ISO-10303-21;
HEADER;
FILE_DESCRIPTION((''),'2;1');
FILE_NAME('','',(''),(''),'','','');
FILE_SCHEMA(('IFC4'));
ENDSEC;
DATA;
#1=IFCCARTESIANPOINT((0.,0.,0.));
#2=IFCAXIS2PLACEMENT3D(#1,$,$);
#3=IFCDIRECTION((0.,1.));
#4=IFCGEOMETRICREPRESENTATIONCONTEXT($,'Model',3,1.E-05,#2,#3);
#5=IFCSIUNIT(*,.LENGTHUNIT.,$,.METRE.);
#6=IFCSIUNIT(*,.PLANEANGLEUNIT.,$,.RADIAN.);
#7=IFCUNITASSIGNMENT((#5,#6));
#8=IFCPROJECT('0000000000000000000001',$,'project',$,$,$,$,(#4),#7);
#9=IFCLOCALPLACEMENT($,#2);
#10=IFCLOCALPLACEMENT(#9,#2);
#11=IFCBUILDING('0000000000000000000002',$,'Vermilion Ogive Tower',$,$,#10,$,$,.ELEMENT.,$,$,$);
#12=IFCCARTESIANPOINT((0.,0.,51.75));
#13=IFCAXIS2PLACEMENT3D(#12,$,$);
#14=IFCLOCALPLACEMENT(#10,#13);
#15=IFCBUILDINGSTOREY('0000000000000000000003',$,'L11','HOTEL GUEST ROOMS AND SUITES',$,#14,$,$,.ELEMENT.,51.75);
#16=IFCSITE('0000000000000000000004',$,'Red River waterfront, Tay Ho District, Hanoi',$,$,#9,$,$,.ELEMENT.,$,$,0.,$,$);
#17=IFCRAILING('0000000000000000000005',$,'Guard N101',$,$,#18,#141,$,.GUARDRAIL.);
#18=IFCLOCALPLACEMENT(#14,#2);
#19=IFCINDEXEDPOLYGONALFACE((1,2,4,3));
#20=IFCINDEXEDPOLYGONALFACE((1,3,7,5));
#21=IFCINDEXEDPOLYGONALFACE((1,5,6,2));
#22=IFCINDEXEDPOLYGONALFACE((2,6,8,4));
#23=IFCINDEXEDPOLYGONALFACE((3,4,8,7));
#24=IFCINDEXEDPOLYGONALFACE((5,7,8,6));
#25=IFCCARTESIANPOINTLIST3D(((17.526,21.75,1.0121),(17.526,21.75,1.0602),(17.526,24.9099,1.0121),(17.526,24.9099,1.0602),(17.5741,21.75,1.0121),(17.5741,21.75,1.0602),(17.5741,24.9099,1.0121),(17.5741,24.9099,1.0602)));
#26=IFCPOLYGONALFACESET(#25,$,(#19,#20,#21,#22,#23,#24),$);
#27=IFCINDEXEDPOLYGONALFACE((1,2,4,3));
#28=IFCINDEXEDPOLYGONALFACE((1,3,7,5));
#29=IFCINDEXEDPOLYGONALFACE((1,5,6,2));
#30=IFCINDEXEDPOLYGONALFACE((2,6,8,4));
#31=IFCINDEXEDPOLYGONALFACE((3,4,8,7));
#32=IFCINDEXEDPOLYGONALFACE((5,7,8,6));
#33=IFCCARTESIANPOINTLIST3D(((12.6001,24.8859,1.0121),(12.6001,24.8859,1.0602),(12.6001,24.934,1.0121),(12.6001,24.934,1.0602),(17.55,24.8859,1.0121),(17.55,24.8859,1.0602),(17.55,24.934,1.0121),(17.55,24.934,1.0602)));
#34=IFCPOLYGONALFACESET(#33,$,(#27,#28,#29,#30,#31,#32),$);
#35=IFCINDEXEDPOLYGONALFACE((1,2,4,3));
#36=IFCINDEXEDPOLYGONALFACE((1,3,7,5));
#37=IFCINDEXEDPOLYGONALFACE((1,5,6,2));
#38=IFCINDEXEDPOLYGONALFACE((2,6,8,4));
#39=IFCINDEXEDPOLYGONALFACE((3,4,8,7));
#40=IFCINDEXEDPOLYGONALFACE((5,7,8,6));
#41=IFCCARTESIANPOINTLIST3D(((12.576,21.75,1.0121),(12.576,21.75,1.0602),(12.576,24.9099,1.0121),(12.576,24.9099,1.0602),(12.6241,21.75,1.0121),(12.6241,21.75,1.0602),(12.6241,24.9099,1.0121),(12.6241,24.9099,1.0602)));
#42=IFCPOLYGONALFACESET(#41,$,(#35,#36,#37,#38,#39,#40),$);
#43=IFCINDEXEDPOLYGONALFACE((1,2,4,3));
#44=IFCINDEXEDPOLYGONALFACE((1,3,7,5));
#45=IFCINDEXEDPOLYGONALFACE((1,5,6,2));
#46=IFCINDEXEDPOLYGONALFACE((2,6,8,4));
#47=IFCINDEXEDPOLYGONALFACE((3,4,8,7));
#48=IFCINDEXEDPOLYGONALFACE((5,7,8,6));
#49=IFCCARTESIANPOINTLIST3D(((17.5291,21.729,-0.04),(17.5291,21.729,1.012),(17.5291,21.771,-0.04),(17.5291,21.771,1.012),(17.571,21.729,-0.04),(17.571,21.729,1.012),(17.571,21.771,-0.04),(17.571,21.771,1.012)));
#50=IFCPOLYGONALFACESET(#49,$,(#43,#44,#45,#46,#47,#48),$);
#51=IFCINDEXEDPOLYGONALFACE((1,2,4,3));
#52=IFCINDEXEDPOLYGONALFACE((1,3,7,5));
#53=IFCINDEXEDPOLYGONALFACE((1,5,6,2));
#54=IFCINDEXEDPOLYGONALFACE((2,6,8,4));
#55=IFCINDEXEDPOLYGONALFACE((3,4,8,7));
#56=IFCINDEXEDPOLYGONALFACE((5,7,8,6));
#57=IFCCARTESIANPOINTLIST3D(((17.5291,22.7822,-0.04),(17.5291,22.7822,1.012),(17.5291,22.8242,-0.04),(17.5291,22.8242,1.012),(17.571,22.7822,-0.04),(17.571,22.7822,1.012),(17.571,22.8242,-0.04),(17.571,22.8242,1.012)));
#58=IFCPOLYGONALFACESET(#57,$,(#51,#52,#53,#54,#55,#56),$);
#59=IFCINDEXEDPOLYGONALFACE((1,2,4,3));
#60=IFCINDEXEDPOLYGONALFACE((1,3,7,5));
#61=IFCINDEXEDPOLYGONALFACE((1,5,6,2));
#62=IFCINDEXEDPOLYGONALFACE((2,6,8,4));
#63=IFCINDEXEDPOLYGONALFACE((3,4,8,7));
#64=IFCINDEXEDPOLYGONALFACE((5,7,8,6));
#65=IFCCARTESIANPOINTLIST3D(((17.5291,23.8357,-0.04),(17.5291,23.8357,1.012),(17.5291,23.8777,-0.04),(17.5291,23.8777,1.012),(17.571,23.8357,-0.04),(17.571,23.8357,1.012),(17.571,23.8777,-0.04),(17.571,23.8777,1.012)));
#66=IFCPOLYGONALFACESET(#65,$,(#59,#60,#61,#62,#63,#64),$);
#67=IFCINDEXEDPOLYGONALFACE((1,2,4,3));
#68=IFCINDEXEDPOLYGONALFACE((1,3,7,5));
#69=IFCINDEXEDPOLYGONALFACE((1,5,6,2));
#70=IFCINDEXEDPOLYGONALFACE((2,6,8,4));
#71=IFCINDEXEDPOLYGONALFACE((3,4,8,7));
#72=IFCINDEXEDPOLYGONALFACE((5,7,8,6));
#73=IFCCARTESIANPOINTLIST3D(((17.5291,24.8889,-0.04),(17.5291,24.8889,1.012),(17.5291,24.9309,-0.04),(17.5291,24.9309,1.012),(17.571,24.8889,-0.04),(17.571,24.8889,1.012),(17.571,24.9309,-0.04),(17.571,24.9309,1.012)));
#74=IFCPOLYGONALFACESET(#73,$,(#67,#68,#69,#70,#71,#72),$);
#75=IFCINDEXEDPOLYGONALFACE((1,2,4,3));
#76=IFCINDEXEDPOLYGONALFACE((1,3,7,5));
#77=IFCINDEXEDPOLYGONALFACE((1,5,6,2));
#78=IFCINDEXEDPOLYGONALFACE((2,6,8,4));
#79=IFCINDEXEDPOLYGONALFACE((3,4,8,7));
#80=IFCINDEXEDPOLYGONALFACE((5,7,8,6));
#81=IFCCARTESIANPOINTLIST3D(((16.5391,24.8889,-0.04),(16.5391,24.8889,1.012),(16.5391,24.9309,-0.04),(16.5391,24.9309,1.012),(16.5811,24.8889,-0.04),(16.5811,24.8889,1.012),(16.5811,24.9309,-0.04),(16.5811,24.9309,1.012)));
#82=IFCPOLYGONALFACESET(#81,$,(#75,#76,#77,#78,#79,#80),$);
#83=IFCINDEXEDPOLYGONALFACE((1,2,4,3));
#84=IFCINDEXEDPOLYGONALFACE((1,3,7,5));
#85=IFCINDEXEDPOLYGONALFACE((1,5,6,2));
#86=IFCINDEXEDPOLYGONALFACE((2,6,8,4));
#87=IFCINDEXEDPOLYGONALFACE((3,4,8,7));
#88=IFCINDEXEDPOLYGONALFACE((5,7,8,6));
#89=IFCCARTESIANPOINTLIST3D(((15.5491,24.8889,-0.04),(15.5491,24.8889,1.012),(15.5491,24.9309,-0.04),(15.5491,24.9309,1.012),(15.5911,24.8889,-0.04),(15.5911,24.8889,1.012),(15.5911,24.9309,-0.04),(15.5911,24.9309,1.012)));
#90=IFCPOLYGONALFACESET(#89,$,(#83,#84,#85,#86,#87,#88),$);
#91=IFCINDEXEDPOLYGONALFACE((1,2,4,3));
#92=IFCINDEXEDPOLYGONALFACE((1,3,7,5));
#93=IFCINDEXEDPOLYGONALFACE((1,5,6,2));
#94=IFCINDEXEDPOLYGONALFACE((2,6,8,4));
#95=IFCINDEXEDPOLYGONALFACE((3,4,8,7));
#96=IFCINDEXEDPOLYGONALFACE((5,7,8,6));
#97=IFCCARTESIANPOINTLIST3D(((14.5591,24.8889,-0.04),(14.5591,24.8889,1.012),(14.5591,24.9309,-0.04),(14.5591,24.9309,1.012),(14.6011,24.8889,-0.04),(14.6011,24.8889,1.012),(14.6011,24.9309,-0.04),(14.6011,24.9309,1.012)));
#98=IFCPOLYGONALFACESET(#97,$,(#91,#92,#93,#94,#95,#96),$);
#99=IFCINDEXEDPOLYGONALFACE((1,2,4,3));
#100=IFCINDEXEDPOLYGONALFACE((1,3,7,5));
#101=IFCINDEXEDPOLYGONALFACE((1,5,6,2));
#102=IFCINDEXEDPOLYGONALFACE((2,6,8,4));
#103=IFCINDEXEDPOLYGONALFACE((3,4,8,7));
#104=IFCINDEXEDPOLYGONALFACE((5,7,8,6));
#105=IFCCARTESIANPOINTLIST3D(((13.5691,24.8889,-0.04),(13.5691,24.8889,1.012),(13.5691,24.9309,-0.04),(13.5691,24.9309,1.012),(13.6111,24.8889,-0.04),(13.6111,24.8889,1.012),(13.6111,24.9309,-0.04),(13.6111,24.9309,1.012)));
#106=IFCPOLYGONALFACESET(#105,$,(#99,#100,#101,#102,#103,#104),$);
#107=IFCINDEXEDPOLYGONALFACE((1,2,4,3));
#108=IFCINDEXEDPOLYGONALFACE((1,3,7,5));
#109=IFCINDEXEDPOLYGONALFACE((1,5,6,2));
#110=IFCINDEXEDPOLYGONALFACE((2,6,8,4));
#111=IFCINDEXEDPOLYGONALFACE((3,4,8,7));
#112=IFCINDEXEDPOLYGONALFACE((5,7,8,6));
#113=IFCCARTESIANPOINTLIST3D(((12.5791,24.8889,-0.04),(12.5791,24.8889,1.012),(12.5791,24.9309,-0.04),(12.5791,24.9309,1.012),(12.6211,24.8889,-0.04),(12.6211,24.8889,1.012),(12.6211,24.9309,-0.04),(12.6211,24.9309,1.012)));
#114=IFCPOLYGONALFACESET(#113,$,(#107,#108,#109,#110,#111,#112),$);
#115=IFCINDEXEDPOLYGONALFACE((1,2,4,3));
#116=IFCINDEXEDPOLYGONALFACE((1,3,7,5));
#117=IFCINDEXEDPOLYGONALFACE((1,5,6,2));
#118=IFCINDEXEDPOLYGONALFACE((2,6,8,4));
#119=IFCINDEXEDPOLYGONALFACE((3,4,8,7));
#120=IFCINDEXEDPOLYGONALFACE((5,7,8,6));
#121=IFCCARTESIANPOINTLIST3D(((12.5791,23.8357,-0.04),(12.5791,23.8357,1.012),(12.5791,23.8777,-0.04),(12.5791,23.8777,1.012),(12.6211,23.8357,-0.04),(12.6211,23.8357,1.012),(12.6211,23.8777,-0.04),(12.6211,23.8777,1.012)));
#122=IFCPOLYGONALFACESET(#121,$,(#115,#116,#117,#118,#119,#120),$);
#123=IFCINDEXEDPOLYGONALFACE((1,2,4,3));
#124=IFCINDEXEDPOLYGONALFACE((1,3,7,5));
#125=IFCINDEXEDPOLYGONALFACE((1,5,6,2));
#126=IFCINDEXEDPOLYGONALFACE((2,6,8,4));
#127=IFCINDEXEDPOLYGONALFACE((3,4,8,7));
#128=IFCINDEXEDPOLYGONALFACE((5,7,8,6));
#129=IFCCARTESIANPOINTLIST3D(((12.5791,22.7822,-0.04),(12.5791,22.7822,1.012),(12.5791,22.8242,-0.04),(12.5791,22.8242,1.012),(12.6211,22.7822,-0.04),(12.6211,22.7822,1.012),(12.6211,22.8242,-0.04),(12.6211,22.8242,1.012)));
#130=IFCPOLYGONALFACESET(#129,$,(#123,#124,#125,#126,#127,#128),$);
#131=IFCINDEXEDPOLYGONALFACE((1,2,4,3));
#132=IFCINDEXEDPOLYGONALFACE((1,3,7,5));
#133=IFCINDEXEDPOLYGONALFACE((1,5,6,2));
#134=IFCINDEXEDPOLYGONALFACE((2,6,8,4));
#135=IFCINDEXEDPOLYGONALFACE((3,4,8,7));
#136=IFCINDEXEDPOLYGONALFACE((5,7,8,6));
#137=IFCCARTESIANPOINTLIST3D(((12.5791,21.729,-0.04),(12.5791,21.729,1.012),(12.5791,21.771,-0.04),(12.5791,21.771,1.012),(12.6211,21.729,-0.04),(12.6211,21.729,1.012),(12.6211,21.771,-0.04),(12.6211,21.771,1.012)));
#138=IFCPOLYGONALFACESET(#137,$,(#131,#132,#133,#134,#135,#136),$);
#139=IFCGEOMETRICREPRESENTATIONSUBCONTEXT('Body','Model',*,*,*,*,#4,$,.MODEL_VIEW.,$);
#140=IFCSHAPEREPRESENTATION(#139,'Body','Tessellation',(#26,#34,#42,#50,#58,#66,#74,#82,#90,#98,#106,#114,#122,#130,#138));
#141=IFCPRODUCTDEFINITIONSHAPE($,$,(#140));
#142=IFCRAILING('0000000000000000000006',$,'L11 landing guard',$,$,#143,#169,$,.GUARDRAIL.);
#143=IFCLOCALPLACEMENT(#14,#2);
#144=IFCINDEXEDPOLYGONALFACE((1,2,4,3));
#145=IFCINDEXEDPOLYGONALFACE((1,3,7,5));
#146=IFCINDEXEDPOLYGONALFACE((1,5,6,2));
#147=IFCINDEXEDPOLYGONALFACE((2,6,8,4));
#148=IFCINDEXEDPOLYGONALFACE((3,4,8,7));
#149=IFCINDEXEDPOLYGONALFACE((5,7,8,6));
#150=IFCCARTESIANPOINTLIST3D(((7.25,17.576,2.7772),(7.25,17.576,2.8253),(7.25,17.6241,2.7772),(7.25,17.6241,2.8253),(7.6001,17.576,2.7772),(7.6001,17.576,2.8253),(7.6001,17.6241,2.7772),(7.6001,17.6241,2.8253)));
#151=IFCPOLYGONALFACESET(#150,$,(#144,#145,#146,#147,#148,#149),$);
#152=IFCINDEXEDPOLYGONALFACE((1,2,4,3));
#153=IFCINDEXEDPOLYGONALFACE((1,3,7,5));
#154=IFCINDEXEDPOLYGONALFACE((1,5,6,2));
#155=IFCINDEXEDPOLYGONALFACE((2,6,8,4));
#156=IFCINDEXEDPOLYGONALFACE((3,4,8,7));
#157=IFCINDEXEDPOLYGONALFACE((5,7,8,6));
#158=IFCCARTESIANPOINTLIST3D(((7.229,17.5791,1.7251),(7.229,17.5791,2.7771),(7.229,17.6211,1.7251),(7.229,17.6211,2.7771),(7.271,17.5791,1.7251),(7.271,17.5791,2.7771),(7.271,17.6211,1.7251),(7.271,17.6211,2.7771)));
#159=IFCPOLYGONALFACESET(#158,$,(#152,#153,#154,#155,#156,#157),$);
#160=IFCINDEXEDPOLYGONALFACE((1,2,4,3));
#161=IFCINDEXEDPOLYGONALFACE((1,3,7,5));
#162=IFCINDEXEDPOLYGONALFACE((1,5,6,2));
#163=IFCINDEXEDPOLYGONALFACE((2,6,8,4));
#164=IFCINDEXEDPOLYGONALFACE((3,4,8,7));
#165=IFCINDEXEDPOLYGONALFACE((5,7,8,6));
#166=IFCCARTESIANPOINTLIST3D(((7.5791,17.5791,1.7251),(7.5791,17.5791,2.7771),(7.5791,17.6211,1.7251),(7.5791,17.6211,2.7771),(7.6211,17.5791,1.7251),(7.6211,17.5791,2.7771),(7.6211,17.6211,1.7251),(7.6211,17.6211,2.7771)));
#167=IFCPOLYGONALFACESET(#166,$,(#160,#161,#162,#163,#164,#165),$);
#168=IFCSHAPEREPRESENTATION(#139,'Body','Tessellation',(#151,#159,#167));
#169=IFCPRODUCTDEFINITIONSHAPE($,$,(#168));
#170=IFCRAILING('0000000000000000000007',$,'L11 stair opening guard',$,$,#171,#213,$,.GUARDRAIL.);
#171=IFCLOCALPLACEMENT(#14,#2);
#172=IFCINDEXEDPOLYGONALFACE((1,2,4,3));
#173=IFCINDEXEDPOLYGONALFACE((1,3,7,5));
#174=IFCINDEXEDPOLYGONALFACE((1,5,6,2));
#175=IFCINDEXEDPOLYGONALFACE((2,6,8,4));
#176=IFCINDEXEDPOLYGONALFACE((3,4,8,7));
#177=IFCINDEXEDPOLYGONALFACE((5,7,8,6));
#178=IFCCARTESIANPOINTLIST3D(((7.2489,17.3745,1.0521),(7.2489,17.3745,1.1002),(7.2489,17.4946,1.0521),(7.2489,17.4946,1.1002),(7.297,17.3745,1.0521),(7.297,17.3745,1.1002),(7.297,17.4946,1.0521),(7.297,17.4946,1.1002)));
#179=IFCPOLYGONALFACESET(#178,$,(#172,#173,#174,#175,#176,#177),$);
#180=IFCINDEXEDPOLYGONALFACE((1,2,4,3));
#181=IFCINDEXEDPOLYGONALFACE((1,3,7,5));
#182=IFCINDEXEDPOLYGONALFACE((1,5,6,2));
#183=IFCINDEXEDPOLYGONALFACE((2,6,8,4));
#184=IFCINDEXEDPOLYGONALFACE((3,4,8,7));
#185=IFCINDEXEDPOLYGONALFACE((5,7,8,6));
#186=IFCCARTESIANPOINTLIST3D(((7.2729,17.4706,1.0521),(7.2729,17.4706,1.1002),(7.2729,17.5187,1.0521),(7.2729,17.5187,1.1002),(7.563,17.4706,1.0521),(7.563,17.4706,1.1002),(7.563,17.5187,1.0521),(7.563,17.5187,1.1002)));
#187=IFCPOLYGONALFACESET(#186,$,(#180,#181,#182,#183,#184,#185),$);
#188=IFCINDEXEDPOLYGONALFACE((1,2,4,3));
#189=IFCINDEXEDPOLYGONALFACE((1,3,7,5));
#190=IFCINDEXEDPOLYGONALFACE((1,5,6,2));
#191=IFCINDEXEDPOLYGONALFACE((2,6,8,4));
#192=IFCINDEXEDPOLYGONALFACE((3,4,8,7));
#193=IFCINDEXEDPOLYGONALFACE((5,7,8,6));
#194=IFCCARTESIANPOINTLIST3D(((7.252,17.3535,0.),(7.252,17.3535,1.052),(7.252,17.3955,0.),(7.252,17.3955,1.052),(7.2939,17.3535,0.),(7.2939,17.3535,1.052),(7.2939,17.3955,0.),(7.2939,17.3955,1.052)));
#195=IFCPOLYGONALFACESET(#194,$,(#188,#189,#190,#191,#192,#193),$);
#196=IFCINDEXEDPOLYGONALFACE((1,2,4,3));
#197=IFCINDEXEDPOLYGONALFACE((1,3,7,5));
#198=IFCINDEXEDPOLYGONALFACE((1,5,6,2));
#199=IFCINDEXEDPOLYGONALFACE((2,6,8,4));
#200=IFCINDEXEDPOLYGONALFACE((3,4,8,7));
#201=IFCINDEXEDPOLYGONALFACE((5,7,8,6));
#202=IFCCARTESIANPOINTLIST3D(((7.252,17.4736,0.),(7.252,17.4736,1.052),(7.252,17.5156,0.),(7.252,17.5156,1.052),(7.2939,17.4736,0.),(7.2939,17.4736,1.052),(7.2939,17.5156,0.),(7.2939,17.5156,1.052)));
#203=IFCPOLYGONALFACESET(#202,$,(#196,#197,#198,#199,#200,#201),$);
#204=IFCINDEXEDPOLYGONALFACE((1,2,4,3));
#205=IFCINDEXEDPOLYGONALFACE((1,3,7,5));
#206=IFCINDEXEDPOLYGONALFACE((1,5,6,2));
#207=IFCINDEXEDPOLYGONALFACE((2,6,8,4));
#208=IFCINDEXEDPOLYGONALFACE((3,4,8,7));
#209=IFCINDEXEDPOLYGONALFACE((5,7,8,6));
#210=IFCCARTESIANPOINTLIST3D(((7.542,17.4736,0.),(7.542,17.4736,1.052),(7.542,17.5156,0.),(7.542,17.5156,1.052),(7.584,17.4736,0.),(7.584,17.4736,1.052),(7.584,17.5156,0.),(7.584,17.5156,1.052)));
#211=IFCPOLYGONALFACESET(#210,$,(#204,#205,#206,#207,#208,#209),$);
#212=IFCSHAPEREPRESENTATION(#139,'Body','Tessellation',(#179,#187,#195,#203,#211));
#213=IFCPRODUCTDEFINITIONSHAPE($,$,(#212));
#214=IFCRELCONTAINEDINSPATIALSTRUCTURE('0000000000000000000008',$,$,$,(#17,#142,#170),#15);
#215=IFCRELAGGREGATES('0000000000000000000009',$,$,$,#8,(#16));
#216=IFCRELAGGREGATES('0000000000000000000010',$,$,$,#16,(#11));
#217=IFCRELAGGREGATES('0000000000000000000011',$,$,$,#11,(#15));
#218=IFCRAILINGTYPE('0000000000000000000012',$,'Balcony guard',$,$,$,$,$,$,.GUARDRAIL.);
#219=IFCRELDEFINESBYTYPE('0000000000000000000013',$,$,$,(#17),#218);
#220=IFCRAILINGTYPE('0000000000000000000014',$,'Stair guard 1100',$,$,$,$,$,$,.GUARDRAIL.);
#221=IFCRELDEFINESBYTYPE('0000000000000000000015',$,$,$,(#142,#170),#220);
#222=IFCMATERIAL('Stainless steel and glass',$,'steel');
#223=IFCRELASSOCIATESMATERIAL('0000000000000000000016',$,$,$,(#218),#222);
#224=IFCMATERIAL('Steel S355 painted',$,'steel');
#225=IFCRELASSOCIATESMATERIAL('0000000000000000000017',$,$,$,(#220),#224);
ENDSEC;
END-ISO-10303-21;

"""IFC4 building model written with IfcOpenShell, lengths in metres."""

from ifc_helpers import new_model, si_unit, direction, frame, origin, origin_2d, place, context, subcontext, project, spatial, rectangle, extrude, material, type_object, element, save


model = new_model("IFC4")

# Units and contexts
model_context = context("Model", 3, precision=1e-05, world=origin(), true_north=direction((0.0, 1.0)))
body_context = subcontext(model_context, "Body", "Model", "MODEL_VIEW")
ifc_project = project(units=[si_unit("LENGTHUNIT", "METRE"), si_unit("PLANEANGLEUNIT", "RADIAN")], contexts=[model_context])

# Site, building, storey
site_placement = place(None, origin())
site = spatial("IfcSite", under=ifc_project, at=site_placement, Name="Red River waterfront, Tay Ho District, Hanoi", CompositionType="ELEMENT", RefElevation=0.0)
building_placement = place(site_placement, origin())
building = spatial("IfcBuilding", under=site, at=building_placement, Name="Vermilion Ogive Tower", CompositionType="ELEMENT")
storey_placement = place(building_placement, frame((0.0, 0.0, 51.75)))
storey = spatial("IfcBuildingStorey", under=building, at=storey_placement, Name="L11", Description="HOTEL GUEST ROOMS AND SUITES", CompositionType="ELEMENT", Elevation=51.75)

# Railings
ifc_material_1 = material(Name="Stainless steel and glass", Category="steel")
railing_type_1 = type_object("IfcRailingType", Name="Balcony guard", PredefinedType="GUARDRAIL", material=ifc_material_1)
railing_1_placement = place(storey_placement, frame((17.55, 21.75, -0.04)))
element("IfcRailing", 1, at=railing_1_placement, inside=storey, type_object=railing_type_1, Name="Guard N101", PredefinedType="GUARDRAIL", context=body_context, shape_type="SweptSolid", body=[
    extrude(rectangle(XDim=0.0481, YDim=0.0481, at=origin_2d()), frame((0.0, 0.0, 1.0762), z_axis=(0.0, 1.0, 0.0), x_axis=(-1.0, 0.0, 0.0)), (0.0, 0.0, 1.0), 3.1599),
    extrude(rectangle(XDim=0.0481, YDim=0.0481, at=origin_2d()), frame((0.0, 3.1599, 1.0762), z_axis=(-1.0, 0.0, 0.0), x_axis=(0.0, -1.0, 0.0)), (0.0, 0.0, 1.0), 4.95),
    extrude(rectangle(XDim=0.0481, YDim=0.0481, at=origin_2d()), frame((-4.95, 3.1599, 1.0762), z_axis=(0.0, -1.0, 0.0), x_axis=(1.0, 0.0, 0.0)), (0.0, 0.0, 1.0), 3.1599),
    extrude(rectangle(XDim=0.042, YDim=0.042, at=origin_2d()), origin(), (0.0, 0.0, 1.0), 1.052),
    extrude(rectangle(XDim=0.042, YDim=0.042, at=origin_2d()), frame((0.0, 1.0532, 0.0)), (0.0, 0.0, 1.0), 1.052),
    extrude(rectangle(XDim=0.042, YDim=0.042, at=origin_2d()), frame((0.0, 2.1067, 0.0)), (0.0, 0.0, 1.0), 1.052),
    extrude(rectangle(XDim=0.042, YDim=0.042, at=origin_2d()), frame((0.0, 3.1599, 0.0)), (0.0, 0.0, 1.0), 1.052),
    extrude(rectangle(XDim=0.042, YDim=0.042, at=origin_2d()), frame((-0.99, 3.1599, 0.0)), (0.0, 0.0, 1.0), 1.052),
    extrude(rectangle(XDim=0.042, YDim=0.042, at=origin_2d()), frame((-1.98, 3.1599, 0.0)), (0.0, 0.0, 1.0), 1.052),
    extrude(rectangle(XDim=0.042, YDim=0.042, at=origin_2d()), frame((-2.97, 3.1599, 0.0)), (0.0, 0.0, 1.0), 1.052),
    extrude(rectangle(XDim=0.042, YDim=0.042, at=origin_2d()), frame((-3.96, 3.1599, 0.0)), (0.0, 0.0, 1.0), 1.052),
    extrude(rectangle(XDim=0.042, YDim=0.042, at=origin_2d()), frame((-4.95, 3.1599, 0.0)), (0.0, 0.0, 1.0), 1.052),
    extrude(rectangle(XDim=0.042, YDim=0.042, at=origin_2d()), frame((-4.95, 2.1067, 0.0)), (0.0, 0.0, 1.0), 1.052),
    extrude(rectangle(XDim=0.042, YDim=0.042, at=origin_2d()), frame((-4.95, 1.0532, 0.0)), (0.0, 0.0, 1.0), 1.052),
    extrude(rectangle(XDim=0.042, YDim=0.042, at=origin_2d()), frame((-4.95, 0.0, 0.0)), (0.0, 0.0, 1.0), 1.052),
])
ifc_material_2 = material(Name="Steel S355 painted", Category="steel")
railing_type_2 = type_object("IfcRailingType", Name="Stair guard 1100", PredefinedType="GUARDRAIL", material=ifc_material_2)
railing_2_placement = place(storey_placement, frame((7.25, 17.6001, 1.7251)))
element("IfcRailing", 2, at=railing_2_placement, inside=storey, type_object=railing_type_2, Name="L11 landing guard", PredefinedType="GUARDRAIL", context=body_context, shape_type="SweptSolid", body=[
    extrude(rectangle(XDim=0.0481, YDim=0.0481, at=origin_2d()), frame((0.0, 0.0, 1.0762), z_axis=(1.0, 0.0, 0.0), x_axis=(0.0, 1.0, 0.0)), (0.0, 0.0, 1.0), 0.3501),
    extrude(rectangle(XDim=0.042, YDim=0.042, at=origin_2d()), origin(), (0.0, 0.0, 1.0), 1.052),
    extrude(rectangle(XDim=0.042, YDim=0.042, at=origin_2d()), frame((0.3501, 0.0, 0.0)), (0.0, 0.0, 1.0), 1.052),
])
railing_3_placement = place(storey_placement, frame((7.2729, 17.3745, 0.0)))
element("IfcRailing", 3, at=railing_3_placement, inside=storey, type_object=railing_type_2, Name="L11 stair opening guard", PredefinedType="GUARDRAIL", context=body_context, shape_type="SweptSolid", body=[
    extrude(rectangle(XDim=0.0481, YDim=0.0481, at=origin_2d()), frame((0.0, 0.0, 1.0762), z_axis=(0.0, 1.0, 0.0), x_axis=(-1.0, 0.0, 0.0)), (0.0, 0.0, 1.0), 0.1201),
    extrude(rectangle(XDim=0.0481, YDim=0.0481, at=origin_2d()), frame((0.0, 0.1201, 1.0762), z_axis=(1.0, 0.0, 0.0), x_axis=(0.0, 1.0, 0.0)), (0.0, 0.0, 1.0), 0.29),
    extrude(rectangle(XDim=0.042, YDim=0.042, at=origin_2d()), origin(), (0.0, 0.0, 1.0), 1.052),
    extrude(rectangle(XDim=0.042, YDim=0.042, at=origin_2d()), frame((0.0, 0.1201, 0.0)), (0.0, 0.0, 1.0), 1.052),
    extrude(rectangle(XDim=0.042, YDim=0.042, at=origin_2d()), frame((0.29, 0.1201, 0.0)), (0.0, 0.0, 1.0), 1.052),
])

save(model, "model.ifc")
